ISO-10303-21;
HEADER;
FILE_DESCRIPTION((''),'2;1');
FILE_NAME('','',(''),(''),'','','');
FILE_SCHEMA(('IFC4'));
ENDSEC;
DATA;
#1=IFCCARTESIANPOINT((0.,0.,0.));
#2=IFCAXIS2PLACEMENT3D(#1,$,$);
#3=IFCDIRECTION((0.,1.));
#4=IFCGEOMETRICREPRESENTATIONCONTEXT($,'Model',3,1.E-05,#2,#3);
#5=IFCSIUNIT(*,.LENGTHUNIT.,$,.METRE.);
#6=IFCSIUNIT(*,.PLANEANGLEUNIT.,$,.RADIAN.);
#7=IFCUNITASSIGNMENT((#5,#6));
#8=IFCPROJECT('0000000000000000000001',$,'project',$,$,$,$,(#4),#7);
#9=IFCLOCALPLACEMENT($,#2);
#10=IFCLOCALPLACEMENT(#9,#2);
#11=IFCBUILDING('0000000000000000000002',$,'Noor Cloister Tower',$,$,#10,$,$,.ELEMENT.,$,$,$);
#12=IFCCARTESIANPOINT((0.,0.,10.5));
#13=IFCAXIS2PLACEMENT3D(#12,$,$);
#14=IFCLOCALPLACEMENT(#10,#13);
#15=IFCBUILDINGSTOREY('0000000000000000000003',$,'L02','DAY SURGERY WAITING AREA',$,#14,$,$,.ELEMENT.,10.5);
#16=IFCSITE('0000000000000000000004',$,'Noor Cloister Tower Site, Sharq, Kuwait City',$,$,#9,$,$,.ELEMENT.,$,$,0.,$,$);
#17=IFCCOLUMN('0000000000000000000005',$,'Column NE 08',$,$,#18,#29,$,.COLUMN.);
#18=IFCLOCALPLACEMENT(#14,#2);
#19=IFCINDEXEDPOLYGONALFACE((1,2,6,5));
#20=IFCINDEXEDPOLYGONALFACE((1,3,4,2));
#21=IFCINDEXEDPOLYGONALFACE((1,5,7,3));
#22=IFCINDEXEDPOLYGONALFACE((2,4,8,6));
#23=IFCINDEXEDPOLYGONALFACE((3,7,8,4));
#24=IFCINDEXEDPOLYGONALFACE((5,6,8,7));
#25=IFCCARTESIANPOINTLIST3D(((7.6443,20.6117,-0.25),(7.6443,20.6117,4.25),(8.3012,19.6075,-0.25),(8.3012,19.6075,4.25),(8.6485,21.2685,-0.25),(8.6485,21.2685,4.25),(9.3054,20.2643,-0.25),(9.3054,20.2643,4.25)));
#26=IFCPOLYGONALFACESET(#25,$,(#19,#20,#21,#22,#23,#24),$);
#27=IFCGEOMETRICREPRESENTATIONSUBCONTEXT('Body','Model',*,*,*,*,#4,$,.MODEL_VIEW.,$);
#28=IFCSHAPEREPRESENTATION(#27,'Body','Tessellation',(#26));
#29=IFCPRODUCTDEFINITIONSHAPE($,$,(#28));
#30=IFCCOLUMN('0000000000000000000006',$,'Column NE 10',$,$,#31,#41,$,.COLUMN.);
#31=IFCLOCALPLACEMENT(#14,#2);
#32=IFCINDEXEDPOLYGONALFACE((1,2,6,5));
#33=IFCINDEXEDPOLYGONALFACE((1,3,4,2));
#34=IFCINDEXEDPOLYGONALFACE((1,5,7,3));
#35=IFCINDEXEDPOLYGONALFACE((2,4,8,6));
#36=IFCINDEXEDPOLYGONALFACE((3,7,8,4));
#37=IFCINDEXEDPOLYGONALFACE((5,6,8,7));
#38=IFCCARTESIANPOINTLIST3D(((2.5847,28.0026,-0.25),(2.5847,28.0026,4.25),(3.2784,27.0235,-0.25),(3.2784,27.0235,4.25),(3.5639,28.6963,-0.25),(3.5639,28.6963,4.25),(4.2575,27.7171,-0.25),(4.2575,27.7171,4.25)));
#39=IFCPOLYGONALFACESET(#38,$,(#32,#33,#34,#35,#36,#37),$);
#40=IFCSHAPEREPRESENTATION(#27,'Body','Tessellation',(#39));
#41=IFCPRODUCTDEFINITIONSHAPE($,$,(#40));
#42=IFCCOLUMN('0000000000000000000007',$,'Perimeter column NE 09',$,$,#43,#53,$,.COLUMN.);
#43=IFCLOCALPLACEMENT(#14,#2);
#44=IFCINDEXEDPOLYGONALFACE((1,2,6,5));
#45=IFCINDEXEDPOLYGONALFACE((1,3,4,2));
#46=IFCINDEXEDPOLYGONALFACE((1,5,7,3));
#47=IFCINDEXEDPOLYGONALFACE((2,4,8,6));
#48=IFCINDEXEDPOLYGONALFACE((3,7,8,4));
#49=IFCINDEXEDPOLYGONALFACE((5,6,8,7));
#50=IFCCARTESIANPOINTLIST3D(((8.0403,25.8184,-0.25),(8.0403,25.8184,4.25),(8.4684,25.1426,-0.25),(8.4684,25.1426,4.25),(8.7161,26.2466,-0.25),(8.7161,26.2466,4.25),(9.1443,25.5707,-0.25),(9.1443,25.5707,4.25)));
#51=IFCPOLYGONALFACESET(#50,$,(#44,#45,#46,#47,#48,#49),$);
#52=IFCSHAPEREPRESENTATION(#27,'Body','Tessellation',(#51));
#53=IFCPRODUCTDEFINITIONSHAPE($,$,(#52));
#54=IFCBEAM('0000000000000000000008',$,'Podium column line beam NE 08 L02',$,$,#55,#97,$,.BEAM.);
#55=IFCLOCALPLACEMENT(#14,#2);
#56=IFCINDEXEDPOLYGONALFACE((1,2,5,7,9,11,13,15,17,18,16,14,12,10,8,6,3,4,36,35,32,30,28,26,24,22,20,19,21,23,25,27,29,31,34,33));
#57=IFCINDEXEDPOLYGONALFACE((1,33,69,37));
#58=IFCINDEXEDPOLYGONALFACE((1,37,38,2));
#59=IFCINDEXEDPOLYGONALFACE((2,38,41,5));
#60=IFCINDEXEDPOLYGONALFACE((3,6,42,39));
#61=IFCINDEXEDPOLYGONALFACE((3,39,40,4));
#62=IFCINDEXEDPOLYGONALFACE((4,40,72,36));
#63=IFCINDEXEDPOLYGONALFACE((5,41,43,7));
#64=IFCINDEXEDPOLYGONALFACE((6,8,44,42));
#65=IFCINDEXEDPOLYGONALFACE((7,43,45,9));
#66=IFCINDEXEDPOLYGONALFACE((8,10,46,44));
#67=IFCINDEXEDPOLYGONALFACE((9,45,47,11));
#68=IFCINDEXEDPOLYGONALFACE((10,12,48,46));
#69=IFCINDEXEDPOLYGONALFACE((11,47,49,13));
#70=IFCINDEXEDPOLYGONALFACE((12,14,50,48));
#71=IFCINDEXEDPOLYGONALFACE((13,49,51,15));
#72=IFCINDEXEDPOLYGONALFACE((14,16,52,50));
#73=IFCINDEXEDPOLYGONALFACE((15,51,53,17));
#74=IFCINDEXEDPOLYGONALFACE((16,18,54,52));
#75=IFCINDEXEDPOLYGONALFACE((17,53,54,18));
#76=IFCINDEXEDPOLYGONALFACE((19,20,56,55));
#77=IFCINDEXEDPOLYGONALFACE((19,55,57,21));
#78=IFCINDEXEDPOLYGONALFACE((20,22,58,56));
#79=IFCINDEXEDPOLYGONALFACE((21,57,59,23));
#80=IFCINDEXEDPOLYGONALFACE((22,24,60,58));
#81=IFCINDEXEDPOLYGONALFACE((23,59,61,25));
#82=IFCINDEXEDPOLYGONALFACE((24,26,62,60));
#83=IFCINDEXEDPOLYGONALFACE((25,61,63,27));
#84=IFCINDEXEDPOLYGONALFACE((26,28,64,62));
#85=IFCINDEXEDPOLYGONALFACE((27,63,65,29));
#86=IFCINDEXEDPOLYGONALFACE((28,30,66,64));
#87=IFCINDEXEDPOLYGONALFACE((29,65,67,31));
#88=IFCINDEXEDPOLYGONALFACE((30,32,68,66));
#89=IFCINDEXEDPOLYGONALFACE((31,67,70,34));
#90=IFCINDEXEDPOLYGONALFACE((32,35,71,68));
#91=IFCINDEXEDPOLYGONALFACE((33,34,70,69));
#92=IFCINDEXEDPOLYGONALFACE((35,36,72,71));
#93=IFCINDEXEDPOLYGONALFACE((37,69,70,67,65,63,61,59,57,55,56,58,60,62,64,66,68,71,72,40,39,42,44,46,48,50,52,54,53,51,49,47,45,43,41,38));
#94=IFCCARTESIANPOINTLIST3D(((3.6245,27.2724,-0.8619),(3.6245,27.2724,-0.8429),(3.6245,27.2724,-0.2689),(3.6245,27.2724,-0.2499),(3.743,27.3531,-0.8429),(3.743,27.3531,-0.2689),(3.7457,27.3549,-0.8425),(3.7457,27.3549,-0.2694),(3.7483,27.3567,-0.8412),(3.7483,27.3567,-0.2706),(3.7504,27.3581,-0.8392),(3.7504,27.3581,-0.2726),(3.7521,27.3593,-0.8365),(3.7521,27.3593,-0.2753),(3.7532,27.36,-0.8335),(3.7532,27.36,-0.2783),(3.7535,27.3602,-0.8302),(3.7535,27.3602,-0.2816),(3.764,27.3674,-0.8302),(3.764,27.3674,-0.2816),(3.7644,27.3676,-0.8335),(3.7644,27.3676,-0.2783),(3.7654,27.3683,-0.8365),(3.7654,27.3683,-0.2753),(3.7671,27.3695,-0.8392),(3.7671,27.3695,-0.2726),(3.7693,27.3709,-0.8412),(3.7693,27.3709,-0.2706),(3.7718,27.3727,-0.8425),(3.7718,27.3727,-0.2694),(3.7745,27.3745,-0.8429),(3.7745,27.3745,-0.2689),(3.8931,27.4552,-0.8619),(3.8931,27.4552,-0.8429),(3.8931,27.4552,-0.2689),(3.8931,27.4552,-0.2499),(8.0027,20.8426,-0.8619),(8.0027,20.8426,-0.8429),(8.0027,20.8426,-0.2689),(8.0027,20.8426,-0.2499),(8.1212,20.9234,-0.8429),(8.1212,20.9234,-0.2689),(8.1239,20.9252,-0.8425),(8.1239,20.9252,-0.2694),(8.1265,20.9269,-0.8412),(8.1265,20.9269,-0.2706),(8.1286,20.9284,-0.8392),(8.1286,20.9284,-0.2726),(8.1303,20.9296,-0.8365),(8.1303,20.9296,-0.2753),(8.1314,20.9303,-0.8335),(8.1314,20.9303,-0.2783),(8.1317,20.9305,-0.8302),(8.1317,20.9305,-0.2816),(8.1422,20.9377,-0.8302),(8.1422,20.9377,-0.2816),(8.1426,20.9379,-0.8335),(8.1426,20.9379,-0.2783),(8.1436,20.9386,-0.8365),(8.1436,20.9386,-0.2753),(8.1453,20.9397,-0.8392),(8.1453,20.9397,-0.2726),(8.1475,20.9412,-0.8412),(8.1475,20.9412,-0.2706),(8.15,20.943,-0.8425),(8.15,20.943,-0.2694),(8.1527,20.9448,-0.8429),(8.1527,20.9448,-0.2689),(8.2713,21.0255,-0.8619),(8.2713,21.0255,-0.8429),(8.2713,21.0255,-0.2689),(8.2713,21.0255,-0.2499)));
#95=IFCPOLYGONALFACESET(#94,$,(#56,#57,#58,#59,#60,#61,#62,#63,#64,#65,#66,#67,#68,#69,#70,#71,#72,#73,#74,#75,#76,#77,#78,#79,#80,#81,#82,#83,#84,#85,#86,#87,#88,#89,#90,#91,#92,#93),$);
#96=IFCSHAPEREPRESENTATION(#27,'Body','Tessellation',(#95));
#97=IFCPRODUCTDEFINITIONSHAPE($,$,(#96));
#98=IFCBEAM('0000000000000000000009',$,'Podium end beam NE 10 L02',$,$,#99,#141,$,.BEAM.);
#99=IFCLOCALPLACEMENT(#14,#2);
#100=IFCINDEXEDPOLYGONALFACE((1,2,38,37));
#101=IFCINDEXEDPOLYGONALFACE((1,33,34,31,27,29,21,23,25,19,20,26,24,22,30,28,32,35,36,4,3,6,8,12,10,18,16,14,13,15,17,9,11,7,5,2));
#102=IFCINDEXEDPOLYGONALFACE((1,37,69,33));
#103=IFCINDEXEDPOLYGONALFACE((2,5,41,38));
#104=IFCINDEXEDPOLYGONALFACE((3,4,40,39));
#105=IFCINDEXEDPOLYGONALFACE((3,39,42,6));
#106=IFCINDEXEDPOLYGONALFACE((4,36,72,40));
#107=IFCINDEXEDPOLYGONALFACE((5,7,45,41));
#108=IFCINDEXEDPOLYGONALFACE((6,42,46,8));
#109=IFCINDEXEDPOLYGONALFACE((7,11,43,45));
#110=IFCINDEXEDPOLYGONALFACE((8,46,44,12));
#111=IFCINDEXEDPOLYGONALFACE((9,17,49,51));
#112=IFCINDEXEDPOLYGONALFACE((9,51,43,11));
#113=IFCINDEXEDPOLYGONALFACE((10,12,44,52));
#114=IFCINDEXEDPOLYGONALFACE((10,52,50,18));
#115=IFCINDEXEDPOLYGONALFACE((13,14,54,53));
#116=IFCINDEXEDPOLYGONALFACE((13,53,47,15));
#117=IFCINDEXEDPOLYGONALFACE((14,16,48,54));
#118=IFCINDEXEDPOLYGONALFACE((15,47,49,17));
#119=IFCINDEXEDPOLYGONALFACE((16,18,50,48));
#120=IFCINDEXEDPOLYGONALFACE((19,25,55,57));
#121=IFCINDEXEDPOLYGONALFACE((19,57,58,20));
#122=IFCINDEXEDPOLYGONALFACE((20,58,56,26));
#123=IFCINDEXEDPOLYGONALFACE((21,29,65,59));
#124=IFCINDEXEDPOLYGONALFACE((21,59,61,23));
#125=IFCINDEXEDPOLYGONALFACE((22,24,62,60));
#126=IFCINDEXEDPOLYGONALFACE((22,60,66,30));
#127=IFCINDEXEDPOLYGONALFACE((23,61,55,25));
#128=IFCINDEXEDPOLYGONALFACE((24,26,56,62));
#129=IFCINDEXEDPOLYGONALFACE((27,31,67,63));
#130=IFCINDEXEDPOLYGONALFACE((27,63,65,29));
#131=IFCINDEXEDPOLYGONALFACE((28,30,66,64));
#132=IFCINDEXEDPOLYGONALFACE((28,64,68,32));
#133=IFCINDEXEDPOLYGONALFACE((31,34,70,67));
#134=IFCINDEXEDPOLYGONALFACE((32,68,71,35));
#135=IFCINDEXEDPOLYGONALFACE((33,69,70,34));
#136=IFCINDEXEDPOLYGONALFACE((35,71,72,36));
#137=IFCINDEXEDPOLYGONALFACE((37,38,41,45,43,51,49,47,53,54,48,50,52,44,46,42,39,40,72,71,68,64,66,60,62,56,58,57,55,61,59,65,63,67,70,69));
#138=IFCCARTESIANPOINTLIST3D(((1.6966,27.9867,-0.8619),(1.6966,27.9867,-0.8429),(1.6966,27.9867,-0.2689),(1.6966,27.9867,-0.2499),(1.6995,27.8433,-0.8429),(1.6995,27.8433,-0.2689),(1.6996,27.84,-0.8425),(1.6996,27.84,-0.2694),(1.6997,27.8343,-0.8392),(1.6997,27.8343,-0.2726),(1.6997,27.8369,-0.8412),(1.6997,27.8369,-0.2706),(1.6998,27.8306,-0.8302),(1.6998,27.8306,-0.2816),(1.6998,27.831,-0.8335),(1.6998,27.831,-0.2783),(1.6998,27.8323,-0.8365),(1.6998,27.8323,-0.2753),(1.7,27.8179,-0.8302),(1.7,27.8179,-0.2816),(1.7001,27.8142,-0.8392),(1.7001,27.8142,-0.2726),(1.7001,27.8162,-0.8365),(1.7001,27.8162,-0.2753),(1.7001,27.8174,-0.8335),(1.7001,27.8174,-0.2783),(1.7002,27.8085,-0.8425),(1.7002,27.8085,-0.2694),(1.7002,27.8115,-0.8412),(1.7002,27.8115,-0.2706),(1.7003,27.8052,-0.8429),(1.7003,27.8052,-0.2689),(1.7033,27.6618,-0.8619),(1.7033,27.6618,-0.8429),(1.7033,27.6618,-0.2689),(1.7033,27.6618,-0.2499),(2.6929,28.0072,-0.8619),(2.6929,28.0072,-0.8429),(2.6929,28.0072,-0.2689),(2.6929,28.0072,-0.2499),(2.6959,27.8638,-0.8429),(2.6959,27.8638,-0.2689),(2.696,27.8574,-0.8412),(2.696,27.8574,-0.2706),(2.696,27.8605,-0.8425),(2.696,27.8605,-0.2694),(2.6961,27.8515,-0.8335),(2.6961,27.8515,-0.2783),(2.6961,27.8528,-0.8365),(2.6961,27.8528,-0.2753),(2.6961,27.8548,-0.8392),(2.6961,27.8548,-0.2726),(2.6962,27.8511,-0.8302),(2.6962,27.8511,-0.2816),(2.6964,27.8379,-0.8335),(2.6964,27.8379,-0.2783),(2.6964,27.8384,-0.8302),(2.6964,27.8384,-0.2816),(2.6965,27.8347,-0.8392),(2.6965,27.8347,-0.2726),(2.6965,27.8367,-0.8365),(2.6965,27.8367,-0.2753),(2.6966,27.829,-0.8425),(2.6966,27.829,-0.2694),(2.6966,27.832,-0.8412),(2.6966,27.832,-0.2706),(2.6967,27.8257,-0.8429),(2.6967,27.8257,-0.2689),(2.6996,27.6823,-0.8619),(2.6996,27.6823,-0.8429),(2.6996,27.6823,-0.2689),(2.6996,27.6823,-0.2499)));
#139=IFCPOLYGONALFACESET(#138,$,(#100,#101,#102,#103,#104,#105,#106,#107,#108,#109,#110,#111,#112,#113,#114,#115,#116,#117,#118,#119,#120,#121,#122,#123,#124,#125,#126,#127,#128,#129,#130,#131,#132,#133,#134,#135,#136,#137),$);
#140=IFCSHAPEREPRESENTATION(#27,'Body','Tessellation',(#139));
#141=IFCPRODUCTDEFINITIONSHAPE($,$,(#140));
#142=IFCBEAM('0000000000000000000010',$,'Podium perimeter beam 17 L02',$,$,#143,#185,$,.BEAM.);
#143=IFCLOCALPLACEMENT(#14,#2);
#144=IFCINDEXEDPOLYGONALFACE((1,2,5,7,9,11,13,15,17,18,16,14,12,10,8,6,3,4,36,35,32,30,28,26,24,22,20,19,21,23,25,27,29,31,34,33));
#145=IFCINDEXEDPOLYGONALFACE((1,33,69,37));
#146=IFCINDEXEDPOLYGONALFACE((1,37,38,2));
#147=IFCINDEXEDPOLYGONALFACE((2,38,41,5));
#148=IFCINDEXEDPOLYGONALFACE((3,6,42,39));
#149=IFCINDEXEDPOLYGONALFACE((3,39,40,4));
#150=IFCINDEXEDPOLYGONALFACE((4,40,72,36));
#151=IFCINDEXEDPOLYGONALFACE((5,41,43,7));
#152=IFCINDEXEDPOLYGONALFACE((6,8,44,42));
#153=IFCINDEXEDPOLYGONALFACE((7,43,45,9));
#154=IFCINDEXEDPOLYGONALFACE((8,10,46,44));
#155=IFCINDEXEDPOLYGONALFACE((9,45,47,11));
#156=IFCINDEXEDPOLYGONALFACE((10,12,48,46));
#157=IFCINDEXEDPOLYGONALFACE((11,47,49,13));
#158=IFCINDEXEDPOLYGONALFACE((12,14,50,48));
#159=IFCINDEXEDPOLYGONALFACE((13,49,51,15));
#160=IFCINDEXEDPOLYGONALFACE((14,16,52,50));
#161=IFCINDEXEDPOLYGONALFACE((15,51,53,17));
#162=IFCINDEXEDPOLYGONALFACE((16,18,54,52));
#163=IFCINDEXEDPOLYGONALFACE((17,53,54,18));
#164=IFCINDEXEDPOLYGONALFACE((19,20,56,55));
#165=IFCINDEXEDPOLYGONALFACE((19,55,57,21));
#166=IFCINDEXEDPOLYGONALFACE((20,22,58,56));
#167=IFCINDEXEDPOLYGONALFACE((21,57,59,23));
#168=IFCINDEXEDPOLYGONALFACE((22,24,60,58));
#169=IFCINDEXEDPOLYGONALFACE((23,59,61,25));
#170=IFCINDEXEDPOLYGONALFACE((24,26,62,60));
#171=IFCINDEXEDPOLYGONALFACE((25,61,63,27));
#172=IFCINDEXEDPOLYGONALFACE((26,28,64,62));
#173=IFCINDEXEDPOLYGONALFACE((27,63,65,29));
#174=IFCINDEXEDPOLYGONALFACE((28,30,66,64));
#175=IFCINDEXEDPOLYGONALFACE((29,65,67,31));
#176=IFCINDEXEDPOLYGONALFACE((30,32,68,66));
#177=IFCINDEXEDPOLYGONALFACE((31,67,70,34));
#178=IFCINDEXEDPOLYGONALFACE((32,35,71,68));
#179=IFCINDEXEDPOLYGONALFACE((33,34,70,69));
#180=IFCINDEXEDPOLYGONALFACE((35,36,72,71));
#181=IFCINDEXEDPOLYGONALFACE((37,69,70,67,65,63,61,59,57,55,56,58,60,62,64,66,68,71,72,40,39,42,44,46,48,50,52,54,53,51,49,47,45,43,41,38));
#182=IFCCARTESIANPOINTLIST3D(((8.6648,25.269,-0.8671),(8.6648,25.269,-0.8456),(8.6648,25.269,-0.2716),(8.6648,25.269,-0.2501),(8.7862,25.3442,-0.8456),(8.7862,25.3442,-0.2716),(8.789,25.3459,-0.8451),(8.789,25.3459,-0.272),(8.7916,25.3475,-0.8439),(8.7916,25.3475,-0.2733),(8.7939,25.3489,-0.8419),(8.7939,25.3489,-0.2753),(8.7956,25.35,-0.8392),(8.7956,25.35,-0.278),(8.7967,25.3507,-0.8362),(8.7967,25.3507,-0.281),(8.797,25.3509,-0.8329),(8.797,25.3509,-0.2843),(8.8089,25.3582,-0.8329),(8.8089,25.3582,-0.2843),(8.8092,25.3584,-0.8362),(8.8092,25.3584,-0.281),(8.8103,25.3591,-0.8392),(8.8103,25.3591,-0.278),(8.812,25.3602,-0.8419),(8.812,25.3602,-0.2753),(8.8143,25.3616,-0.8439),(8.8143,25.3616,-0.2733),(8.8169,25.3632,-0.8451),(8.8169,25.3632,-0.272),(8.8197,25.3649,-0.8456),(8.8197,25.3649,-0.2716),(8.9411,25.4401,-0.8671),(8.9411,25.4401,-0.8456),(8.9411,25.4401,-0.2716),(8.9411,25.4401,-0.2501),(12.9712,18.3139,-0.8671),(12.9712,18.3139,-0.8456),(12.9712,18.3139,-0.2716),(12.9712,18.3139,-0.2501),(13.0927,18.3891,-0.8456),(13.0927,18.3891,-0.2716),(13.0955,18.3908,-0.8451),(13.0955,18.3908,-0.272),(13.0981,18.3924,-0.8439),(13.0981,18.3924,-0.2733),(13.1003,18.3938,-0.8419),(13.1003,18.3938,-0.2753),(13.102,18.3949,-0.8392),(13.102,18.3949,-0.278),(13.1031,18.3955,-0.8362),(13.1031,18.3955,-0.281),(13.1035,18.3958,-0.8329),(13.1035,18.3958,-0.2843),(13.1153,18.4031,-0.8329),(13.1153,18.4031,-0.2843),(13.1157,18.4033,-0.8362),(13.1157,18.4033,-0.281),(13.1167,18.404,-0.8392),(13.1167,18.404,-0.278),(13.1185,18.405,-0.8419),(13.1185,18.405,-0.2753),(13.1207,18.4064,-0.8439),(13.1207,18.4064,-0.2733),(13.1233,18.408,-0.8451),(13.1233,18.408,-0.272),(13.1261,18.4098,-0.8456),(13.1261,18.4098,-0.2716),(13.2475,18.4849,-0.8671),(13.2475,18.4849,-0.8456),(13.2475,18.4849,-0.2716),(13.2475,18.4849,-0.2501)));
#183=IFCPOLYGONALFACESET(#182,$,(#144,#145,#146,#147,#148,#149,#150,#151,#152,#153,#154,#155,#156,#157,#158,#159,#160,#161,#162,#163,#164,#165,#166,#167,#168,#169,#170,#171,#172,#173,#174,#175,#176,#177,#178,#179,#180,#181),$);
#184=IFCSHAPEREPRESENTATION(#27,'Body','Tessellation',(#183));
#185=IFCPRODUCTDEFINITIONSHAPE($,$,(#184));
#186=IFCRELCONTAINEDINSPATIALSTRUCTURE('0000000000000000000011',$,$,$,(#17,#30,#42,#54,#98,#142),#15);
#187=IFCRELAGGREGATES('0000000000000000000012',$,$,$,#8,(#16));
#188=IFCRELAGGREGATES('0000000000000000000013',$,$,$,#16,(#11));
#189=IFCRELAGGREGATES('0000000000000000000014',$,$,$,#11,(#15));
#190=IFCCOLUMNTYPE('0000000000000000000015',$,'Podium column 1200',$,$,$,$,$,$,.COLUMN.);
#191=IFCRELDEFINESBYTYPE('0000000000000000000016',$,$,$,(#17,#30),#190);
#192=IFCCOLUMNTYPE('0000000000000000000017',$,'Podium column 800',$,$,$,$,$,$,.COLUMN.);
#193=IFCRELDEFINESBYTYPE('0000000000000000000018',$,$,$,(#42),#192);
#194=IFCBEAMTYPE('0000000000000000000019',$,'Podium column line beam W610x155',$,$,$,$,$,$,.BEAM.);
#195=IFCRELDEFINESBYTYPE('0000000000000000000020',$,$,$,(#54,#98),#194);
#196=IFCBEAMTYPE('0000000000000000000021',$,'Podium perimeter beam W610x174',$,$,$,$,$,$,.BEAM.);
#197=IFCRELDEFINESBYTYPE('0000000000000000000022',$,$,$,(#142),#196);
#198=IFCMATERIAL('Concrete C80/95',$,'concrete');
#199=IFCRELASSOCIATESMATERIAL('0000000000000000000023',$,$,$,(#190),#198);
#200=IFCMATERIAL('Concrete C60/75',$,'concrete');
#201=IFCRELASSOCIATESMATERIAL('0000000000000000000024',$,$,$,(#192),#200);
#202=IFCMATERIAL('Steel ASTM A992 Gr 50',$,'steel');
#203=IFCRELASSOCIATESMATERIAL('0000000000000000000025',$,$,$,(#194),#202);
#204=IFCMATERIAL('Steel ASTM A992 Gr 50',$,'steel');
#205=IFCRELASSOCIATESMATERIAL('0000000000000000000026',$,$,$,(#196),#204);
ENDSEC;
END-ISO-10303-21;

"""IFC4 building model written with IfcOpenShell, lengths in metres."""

from ifc_helpers import new_model, si_unit, direction, frame, origin, origin_2d, place, context, subcontext, project, spatial, rectangle, i_section, extrude, material, material_profile, profile_set, type_object, element, save


model = new_model("IFC4")

# Units and contexts
model_context = context("Model", 3, precision=1e-05, world=origin(), true_north=direction((0.0, 1.0)))
body_context = subcontext(model_context, "Body", "Model", "MODEL_VIEW")
ifc_project = project(units=[si_unit("LENGTHUNIT", "METRE"), si_unit("PLANEANGLEUNIT", "RADIAN")], contexts=[model_context])

# Site, building, storey
site_placement = place(None, origin())
site = spatial("IfcSite", under=ifc_project, at=site_placement, Name="Noor Cloister Tower Site, Sharq, Kuwait City", CompositionType="ELEMENT", RefElevation=0.0)
building_placement = place(site_placement, origin())
building = spatial("IfcBuilding", under=site, at=building_placement, Name="Noor Cloister Tower", CompositionType="ELEMENT")
storey_placement = place(building_placement, frame((0.0, 0.0, 10.5)))
storey = spatial("IfcBuildingStorey", under=building, at=storey_placement, Name="L02", Description="DAY SURGERY WAITING AREA", CompositionType="ELEMENT", Elevation=10.5)

# Columns
ifc_material_1 = material(Name="Concrete C80/95", Category="concrete")
ifc_material_profile_1 = material_profile(ifc_material_1, rectangle(XDim=1.2, YDim=1.2, at=origin_2d()), Name="Podium column 1200")
ifc_profile_set_1 = profile_set([ifc_material_profile_1], Name="Concrete C80/95")
column_type_1 = type_object("IfcColumnType", Name="Podium column 1200", PredefinedType="COLUMN", material=ifc_profile_set_1)
for number, where, z_axis, x_axis, name in (
    (1, (8.4749, 20.438, -0.25), (0.0, 0.0, 1.0), (0.836868, 0.547405, 0.0), "Column NE 08"),
    (2, (3.4211, 27.8599, -0.25), (0.0, 0.0, 1.0), (0.815983, 0.578076, 0.0), "Column NE 10"),
):
    element("IfcColumn", number, at=place(storey_placement, frame(where, z_axis=z_axis, x_axis=x_axis)), inside=storey, type_object=column_type_1, Name=name, PredefinedType="COLUMN", context=body_context, shape_type="SweptSolid", body=[
        extrude(rectangle(XDim=1.2, YDim=1.2, at=origin_2d()), origin(), (0.0, 0.0, 1.0), 4.5),
    ])
ifc_material_2 = material(Name="Concrete C60/75", Category="concrete")
ifc_material_profile_2 = material_profile(ifc_material_2, rectangle(XDim=0.8, YDim=0.8, at=origin_2d()), Name="Podium column 800")
ifc_profile_set_2 = profile_set([ifc_material_profile_2], Name="Concrete C60/75")
column_type_2 = type_object("IfcColumnType", Name="Podium column 800", PredefinedType="COLUMN", material=ifc_profile_set_2)
column_placement = place(storey_placement, frame((8.5923, 25.6946, -0.25), z_axis=(0.0, 0.0, 1.0), x_axis=(0.844762, 0.535142, 0.0)))
element("IfcColumn", 3, at=column_placement, inside=storey, type_object=column_type_2, Name="Perimeter column NE 09", PredefinedType="COLUMN", context=body_context, shape_type="SweptSolid", body=[
    extrude(rectangle(XDim=0.8, YDim=0.8, at=origin_2d()), origin(), (0.0, 0.0, 1.0), 4.5),
])

# Beams
ifc_material_3 = material(Name="Steel ASTM A992 Gr 50", Category="steel")
ifc_material_profile_3 = material_profile(ifc_material_3, i_section(OverallWidth=0.325, OverallDepth=0.6121, WebThickness=0.0127, FlangeThickness=0.019, FilletRadius=0.0127, at=origin_2d()), Name="W610x155")
ifc_profile_set_3 = profile_set([ifc_material_profile_3], Name="Steel ASTM A992 Gr 50")
beam_type_1 = type_object("IfcBeamType", Name="Podium column line beam W610x155", PredefinedType="BEAM", material=ifc_profile_set_3)
beam_1_placement = place(storey_placement, frame((8.137, 20.9341, -0.5559), z_axis=(-0.562836, 0.826568, 0.0), x_axis=(-0.826568, -0.562836, 0.0)))
element("IfcBeam", 4, at=beam_1_placement, inside=storey, type_object=beam_type_1, Name="Podium column line beam NE 08 L02", PredefinedType="BEAM", context=body_context, shape_type="SweptSolid", body=[
    extrude(i_section(OverallWidth=0.325, OverallDepth=0.6121, WebThickness=0.0127, FlangeThickness=0.019, FilletRadius=0.0127, at=origin_2d()), origin(), (0.0, 0.0, 1.0), 7.7788),
])
beam_2_placement = place(storey_placement, frame((2.6963, 27.8447, -0.5559), z_axis=(-0.999788, -0.020579, 0.0), x_axis=(0.020579, -0.999788, 0.0)))
element("IfcBeam", 5, at=beam_2_placement, inside=storey, type_object=beam_type_1, Name="Podium end beam NE 10 L02", PredefinedType="BEAM", context=body_context, shape_type="SweptSolid", body=[
    extrude(i_section(OverallWidth=0.325, OverallDepth=0.6121, WebThickness=0.0127, FlangeThickness=0.019, FilletRadius=0.0127, at=origin_2d()), origin(), (0.0, 0.0, 1.0), 0.9966),
])
ifc_material_4 = material(Name="Steel ASTM A992 Gr 50", Category="steel")
ifc_material_profile_4 = material_profile(ifc_material_4, i_section(OverallWidth=0.325, OverallDepth=0.6169, WebThickness=0.0139, FlangeThickness=0.0215, FilletRadius=0.0127, at=origin_2d()), Name="W610x174")
ifc_profile_set_4 = profile_set([ifc_material_profile_4], Name="Steel ASTM A992 Gr 50")
beam_type_2 = type_object("IfcBeamType", Name="Podium perimeter beam W610x174", PredefinedType="BEAM", material=ifc_profile_set_4)
beam_3_placement = place(storey_placement, frame((13.1094, 18.3994, -0.5586), z_axis=(-0.526432, 0.850217, 0.0), x_axis=(-0.850217, -0.526432, 0.0)))
element("IfcBeam", 6, at=beam_3_placement, inside=storey, type_object=beam_type_2, Name="Podium perimeter beam 17 L02", PredefinedType="BEAM", context=body_context, shape_type="SweptSolid", body=[
    extrude(i_section(OverallWidth=0.325, OverallDepth=0.6169, WebThickness=0.0139, FlangeThickness=0.0215, FilletRadius=0.0127, at=origin_2d()), origin(), (0.0, 0.0, 1.0), 8.1804),
])

save(model, "model.ifc")
